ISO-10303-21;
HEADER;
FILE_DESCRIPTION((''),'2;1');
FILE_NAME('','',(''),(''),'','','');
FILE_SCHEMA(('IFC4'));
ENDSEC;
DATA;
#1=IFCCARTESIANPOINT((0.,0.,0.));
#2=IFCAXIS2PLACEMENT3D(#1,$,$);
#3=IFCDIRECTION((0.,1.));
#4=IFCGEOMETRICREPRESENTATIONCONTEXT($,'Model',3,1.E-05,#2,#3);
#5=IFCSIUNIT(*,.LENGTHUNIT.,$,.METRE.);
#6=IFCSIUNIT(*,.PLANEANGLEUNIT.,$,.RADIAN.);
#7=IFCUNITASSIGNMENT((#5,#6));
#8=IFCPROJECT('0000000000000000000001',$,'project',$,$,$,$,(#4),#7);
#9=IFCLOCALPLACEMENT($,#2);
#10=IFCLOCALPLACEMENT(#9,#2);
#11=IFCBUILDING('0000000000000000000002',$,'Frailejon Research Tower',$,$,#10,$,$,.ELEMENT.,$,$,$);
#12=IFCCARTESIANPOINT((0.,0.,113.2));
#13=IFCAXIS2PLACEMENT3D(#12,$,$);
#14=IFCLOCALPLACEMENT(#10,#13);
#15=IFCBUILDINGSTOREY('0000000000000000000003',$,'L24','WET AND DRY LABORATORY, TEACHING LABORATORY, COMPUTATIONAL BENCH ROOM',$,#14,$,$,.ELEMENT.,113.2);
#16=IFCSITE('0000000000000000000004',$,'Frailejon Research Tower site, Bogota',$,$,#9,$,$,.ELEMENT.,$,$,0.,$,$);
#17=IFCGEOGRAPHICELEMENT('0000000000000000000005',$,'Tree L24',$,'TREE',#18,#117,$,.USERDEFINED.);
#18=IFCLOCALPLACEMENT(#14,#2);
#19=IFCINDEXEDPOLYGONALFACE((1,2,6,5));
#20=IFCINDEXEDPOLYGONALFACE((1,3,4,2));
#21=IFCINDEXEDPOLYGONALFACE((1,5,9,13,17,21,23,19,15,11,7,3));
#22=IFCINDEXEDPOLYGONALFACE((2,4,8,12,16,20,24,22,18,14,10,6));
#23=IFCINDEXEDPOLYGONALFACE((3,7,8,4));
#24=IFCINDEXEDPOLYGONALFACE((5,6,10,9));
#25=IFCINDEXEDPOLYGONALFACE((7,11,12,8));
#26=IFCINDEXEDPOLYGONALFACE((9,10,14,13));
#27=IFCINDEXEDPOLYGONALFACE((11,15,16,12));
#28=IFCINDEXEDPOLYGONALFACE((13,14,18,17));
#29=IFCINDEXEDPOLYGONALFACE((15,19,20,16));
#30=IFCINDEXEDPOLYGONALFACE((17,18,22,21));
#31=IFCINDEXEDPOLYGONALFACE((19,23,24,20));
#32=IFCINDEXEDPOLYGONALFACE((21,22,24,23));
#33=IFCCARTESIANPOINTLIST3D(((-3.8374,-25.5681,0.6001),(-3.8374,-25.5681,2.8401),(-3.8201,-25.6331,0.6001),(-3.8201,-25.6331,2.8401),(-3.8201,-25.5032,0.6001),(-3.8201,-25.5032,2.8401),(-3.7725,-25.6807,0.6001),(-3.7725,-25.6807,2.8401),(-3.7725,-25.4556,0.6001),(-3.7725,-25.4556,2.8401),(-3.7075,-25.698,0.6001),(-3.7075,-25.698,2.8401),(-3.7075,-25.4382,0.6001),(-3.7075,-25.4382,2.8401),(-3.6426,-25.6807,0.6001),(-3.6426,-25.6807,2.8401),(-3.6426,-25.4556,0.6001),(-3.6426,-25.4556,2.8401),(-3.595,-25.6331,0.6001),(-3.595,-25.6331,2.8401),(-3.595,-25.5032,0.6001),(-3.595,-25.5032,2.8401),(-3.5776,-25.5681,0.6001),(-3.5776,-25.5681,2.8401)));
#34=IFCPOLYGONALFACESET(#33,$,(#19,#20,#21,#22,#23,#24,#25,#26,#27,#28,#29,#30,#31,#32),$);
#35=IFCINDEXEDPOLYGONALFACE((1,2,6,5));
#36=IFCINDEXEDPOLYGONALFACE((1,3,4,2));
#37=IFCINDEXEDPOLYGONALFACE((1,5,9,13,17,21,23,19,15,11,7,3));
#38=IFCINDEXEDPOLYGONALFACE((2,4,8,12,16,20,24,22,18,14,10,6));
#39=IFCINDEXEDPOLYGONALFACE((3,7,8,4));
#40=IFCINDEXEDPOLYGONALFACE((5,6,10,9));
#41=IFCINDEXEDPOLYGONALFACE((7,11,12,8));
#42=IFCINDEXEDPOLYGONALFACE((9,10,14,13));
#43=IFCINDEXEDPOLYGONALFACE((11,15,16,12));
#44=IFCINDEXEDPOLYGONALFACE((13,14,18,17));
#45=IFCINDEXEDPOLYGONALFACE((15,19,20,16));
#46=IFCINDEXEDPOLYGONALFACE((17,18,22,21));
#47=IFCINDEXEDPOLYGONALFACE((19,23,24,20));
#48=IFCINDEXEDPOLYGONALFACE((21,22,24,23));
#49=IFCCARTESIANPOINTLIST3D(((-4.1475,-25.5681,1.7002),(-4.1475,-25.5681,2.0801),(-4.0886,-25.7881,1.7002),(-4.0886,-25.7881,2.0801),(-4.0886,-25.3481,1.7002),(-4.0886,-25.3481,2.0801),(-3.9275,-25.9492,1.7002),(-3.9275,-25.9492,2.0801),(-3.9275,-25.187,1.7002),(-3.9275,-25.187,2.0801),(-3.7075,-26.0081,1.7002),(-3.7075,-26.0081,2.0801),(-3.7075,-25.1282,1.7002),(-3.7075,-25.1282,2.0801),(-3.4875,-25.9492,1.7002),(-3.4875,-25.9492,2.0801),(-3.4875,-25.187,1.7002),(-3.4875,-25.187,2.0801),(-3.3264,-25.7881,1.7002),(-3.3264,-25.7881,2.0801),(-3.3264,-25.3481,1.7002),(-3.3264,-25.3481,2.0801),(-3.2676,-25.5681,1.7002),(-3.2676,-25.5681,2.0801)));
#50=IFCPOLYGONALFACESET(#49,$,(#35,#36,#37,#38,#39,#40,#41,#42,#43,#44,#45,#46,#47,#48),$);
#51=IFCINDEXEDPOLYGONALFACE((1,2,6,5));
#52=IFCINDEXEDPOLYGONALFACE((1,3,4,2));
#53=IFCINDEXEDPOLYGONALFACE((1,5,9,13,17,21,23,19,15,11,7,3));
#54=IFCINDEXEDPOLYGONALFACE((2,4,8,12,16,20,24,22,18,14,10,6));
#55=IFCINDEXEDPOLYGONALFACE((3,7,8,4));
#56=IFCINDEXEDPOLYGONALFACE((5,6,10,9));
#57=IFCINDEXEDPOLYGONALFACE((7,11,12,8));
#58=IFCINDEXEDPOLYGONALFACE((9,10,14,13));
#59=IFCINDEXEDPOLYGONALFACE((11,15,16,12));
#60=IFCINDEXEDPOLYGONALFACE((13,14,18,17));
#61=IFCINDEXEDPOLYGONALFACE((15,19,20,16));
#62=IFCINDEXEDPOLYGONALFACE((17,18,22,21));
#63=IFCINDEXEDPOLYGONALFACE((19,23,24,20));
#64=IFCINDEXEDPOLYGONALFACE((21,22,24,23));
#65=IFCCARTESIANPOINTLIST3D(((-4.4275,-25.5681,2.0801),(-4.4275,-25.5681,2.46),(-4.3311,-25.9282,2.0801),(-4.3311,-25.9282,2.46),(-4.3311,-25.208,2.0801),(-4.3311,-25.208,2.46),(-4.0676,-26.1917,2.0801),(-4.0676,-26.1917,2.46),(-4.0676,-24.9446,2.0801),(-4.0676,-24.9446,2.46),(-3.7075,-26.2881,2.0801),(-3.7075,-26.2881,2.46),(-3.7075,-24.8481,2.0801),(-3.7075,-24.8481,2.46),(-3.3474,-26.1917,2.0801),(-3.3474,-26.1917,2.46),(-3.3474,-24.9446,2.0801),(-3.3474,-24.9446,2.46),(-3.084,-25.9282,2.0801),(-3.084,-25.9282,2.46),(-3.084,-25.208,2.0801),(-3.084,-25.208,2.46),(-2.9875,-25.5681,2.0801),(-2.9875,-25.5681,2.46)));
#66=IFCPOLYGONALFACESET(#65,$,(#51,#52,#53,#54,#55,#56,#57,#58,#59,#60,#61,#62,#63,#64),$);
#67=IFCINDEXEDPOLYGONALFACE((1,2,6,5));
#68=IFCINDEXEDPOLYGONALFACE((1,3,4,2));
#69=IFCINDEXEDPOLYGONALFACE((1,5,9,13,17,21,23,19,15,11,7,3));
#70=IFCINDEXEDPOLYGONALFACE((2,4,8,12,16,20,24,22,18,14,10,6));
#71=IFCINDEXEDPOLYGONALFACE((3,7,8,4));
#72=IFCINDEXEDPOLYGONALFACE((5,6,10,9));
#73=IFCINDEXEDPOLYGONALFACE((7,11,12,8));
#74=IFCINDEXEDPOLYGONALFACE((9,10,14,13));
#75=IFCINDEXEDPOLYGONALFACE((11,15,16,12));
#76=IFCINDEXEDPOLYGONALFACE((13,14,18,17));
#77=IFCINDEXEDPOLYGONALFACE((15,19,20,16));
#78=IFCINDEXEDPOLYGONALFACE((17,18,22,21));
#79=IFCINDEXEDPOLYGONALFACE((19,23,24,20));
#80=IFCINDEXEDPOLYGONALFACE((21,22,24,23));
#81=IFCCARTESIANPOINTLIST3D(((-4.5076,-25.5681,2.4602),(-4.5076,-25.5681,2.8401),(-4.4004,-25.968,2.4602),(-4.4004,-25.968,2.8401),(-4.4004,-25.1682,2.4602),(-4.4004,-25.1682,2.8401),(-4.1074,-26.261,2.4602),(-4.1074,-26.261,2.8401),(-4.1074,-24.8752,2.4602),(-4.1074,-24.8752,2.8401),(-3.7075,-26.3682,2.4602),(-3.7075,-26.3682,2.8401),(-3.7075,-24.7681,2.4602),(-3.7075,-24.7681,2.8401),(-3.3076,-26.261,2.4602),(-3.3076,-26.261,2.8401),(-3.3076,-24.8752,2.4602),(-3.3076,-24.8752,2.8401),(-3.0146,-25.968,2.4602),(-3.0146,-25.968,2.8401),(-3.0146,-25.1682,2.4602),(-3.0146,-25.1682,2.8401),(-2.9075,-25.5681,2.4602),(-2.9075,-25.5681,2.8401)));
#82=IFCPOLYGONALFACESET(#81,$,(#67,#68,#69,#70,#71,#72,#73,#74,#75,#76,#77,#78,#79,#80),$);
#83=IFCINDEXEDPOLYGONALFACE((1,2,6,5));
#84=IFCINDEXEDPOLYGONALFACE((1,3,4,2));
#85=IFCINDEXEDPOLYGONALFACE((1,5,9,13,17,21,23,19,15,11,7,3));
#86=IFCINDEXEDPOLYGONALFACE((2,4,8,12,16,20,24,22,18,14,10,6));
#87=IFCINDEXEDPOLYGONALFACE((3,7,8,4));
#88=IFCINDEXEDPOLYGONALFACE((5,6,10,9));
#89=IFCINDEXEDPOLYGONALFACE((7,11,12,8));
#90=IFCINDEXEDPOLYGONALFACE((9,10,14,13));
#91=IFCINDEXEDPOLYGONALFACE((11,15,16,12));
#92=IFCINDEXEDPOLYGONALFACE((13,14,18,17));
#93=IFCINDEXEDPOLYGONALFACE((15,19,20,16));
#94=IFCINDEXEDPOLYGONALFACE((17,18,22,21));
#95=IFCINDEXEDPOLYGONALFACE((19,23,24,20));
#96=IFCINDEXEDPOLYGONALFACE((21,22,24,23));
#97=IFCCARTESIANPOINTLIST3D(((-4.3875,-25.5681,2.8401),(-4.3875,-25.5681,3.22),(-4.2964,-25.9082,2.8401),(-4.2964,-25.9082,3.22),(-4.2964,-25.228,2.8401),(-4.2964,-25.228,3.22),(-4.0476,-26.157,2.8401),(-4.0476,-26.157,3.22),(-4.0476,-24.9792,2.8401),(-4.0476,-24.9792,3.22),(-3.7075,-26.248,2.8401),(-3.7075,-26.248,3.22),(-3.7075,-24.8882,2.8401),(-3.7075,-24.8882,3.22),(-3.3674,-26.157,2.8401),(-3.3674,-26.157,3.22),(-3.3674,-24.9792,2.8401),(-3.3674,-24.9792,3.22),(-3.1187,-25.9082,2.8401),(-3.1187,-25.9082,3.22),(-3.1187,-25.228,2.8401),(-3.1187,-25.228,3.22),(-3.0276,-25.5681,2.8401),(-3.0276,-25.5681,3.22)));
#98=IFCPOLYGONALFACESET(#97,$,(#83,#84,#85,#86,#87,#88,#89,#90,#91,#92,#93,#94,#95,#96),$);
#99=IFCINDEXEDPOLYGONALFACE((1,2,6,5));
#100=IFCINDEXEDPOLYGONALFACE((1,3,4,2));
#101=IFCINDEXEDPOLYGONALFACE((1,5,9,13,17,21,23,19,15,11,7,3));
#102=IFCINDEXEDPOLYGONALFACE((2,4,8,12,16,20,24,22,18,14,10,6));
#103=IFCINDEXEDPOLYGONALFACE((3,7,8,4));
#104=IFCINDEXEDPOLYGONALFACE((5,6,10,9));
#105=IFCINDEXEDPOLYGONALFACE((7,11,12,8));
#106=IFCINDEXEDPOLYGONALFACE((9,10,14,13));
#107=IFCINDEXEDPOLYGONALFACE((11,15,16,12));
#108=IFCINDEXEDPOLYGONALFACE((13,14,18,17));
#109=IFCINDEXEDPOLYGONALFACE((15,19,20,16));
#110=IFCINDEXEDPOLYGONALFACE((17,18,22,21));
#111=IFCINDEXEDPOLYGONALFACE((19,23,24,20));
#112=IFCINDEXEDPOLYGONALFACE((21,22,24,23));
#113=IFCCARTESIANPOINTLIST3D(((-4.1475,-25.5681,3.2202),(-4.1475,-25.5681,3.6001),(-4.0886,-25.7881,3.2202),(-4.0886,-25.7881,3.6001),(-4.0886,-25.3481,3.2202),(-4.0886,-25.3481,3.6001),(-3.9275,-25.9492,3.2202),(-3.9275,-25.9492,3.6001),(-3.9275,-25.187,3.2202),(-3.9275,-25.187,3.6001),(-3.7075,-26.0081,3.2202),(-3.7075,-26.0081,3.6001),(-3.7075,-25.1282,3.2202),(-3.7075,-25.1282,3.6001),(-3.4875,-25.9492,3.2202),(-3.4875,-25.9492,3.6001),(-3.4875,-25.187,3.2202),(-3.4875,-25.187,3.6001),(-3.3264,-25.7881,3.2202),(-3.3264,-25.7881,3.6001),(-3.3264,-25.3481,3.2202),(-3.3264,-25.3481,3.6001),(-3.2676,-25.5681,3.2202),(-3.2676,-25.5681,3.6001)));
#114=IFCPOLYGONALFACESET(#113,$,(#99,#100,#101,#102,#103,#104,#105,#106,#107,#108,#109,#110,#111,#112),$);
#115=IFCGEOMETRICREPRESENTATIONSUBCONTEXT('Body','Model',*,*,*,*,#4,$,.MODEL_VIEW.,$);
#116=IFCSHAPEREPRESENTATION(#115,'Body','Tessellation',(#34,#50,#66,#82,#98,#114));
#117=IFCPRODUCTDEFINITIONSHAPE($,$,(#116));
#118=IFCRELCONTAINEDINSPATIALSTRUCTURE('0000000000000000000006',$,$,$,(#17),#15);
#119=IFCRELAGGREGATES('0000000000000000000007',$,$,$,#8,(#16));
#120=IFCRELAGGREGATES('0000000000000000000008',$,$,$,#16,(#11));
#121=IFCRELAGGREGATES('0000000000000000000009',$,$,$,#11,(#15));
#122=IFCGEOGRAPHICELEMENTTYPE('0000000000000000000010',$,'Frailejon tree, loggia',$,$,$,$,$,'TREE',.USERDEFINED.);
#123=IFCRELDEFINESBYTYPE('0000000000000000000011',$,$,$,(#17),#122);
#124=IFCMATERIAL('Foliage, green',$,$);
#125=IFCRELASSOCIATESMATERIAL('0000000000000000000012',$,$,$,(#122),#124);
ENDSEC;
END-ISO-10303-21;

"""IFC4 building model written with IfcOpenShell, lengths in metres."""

from ifc_helpers import new_model, si_unit, direction, frame, origin, place, context, subcontext, project, spatial, polyline, outline, extrude, material, type_object, element, save


model = new_model("IFC4")

# Units and contexts
model_context = context("Model", 3, precision=1e-05, world=origin(), true_north=direction((0.0, 1.0)))
body_context = subcontext(model_context, "Body", "Model", "MODEL_VIEW")
ifc_project = project(units=[si_unit("LENGTHUNIT", "METRE"), si_unit("PLANEANGLEUNIT", "RADIAN")], contexts=[model_context])

# Site, building, storey
site_placement = place(None, origin())
site = spatial("IfcSite", under=ifc_project, at=site_placement, Name="Frailejon Research Tower site, Bogota", CompositionType="ELEMENT", RefElevation=0.0)
building_placement = place(site_placement, origin())
building = spatial("IfcBuilding", under=site, at=building_placement, Name="Frailejon Research Tower", CompositionType="ELEMENT")
storey_placement = place(building_placement, frame((0.0, 0.0, 113.2)))
storey = spatial("IfcBuildingStorey", under=building, at=storey_placement, Name="L24", Description="WET AND DRY LABORATORY, TEACHING LABORATORY, COMPUTATIONAL BENCH ROOM", CompositionType="ELEMENT", Elevation=113.2)

# Geographic element
ifc_material_1 = material(Name="Foliage, green")
geographic_element_type = type_object("IfcGeographicElementType", Name="Frailejon tree, loggia", ElementType="TREE", PredefinedType="USERDEFINED", material=ifc_material_1)
geographic_element_placement = place(storey_placement, frame((-3.7075, -25.5681, 0.6001)))
element("IfcGeographicElement", 1, at=geographic_element_placement, inside=storey, type_object=geographic_element_type, Name="Tree L24", ObjectType="TREE", PredefinedType="USERDEFINED", context=body_context, shape_type="SweptSolid", body=[
    extrude(outline(polyline([(0.1299, 0.0), (0.1125, 0.0649), (0.0649, 0.1125), (0.0, 0.1299), (-0.0649, 0.1125), (-0.1125, 0.0649), (-0.1299, 0.0), (-0.1125, -0.0649), (-0.0649, -0.1125), (0.0, -0.1299), (0.0649, -0.1125), (0.1125, -0.0649), (0.1299, 0.0)])), origin(), (0.0, 0.0, 1.0), 2.24),
    extrude(outline(polyline([(0.4399, 0.0), (0.3811, 0.22), (0.22, 0.3811), (0.0, 0.4399), (-0.22, 0.3811), (-0.3811, 0.22), (-0.4399, 0.0), (-0.3811, -0.22), (-0.22, -0.3811), (0.0, -0.4399), (0.22, -0.3811), (0.3811, -0.22), (0.4399, 0.0)])), frame((0.0, 0.0, 1.1001)), (0.0, 0.0, 1.0), 0.3799),
    extrude(outline(polyline([(0.72, 0.0), (0.6235, 0.3601), (0.3601, 0.6235), (0.0, 0.72), (-0.3601, 0.6235), (-0.6235, 0.3601), (-0.72, 0.0), (-0.6235, -0.3601), (-0.3601, -0.6235), (0.0, -0.72), (0.3601, -0.6235), (0.6235, -0.3601), (0.72, 0.0)])), frame((0.0, 0.0, 1.48)), (0.0, 0.0, 1.0), 0.3799),
    extrude(outline(polyline([(0.8, 0.0), (0.6929, 0.3999), (0.3999, 0.6929), (0.0, 0.8), (-0.3999, 0.6929), (-0.6929, 0.3999), (-0.8, 0.0), (-0.6929, -0.3999), (-0.3999, -0.6929), (0.0, -0.8), (0.3999, -0.6929), (0.6929, -0.3999), (0.8, 0.0)])), frame((0.0, 0.0, 1.8601)), (0.0, 0.0, 1.0), 0.3799),
    extrude(outline(polyline([(0.6799, 0.0), (0.5889, 0.3401), (0.3401, 0.5889), (0.0, 0.6799), (-0.3401, 0.5889), (-0.5889, 0.3401), (-0.6799, 0.0), (-0.5889, -0.3401), (-0.3401, -0.5889), (0.0, -0.6799), (0.3401, -0.5889), (0.5889, -0.3401), (0.6799, 0.0)])), frame((0.0, 0.0, 2.24)), (0.0, 0.0, 1.0), 0.3799),
    extrude(outline(polyline([(0.4399, 0.0), (0.3811, 0.22), (0.22, 0.3811), (0.0, 0.4399), (-0.22, 0.3811), (-0.3811, 0.22), (-0.4399, 0.0), (-0.3811, -0.22), (-0.22, -0.3811), (0.0, -0.4399), (0.22, -0.3811), (0.3811, -0.22), (0.4399, 0.0)])), frame((0.0, 0.0, 2.6201)), (0.0, 0.0, 1.0), 0.3799),
])

save(model, "model.ifc")
